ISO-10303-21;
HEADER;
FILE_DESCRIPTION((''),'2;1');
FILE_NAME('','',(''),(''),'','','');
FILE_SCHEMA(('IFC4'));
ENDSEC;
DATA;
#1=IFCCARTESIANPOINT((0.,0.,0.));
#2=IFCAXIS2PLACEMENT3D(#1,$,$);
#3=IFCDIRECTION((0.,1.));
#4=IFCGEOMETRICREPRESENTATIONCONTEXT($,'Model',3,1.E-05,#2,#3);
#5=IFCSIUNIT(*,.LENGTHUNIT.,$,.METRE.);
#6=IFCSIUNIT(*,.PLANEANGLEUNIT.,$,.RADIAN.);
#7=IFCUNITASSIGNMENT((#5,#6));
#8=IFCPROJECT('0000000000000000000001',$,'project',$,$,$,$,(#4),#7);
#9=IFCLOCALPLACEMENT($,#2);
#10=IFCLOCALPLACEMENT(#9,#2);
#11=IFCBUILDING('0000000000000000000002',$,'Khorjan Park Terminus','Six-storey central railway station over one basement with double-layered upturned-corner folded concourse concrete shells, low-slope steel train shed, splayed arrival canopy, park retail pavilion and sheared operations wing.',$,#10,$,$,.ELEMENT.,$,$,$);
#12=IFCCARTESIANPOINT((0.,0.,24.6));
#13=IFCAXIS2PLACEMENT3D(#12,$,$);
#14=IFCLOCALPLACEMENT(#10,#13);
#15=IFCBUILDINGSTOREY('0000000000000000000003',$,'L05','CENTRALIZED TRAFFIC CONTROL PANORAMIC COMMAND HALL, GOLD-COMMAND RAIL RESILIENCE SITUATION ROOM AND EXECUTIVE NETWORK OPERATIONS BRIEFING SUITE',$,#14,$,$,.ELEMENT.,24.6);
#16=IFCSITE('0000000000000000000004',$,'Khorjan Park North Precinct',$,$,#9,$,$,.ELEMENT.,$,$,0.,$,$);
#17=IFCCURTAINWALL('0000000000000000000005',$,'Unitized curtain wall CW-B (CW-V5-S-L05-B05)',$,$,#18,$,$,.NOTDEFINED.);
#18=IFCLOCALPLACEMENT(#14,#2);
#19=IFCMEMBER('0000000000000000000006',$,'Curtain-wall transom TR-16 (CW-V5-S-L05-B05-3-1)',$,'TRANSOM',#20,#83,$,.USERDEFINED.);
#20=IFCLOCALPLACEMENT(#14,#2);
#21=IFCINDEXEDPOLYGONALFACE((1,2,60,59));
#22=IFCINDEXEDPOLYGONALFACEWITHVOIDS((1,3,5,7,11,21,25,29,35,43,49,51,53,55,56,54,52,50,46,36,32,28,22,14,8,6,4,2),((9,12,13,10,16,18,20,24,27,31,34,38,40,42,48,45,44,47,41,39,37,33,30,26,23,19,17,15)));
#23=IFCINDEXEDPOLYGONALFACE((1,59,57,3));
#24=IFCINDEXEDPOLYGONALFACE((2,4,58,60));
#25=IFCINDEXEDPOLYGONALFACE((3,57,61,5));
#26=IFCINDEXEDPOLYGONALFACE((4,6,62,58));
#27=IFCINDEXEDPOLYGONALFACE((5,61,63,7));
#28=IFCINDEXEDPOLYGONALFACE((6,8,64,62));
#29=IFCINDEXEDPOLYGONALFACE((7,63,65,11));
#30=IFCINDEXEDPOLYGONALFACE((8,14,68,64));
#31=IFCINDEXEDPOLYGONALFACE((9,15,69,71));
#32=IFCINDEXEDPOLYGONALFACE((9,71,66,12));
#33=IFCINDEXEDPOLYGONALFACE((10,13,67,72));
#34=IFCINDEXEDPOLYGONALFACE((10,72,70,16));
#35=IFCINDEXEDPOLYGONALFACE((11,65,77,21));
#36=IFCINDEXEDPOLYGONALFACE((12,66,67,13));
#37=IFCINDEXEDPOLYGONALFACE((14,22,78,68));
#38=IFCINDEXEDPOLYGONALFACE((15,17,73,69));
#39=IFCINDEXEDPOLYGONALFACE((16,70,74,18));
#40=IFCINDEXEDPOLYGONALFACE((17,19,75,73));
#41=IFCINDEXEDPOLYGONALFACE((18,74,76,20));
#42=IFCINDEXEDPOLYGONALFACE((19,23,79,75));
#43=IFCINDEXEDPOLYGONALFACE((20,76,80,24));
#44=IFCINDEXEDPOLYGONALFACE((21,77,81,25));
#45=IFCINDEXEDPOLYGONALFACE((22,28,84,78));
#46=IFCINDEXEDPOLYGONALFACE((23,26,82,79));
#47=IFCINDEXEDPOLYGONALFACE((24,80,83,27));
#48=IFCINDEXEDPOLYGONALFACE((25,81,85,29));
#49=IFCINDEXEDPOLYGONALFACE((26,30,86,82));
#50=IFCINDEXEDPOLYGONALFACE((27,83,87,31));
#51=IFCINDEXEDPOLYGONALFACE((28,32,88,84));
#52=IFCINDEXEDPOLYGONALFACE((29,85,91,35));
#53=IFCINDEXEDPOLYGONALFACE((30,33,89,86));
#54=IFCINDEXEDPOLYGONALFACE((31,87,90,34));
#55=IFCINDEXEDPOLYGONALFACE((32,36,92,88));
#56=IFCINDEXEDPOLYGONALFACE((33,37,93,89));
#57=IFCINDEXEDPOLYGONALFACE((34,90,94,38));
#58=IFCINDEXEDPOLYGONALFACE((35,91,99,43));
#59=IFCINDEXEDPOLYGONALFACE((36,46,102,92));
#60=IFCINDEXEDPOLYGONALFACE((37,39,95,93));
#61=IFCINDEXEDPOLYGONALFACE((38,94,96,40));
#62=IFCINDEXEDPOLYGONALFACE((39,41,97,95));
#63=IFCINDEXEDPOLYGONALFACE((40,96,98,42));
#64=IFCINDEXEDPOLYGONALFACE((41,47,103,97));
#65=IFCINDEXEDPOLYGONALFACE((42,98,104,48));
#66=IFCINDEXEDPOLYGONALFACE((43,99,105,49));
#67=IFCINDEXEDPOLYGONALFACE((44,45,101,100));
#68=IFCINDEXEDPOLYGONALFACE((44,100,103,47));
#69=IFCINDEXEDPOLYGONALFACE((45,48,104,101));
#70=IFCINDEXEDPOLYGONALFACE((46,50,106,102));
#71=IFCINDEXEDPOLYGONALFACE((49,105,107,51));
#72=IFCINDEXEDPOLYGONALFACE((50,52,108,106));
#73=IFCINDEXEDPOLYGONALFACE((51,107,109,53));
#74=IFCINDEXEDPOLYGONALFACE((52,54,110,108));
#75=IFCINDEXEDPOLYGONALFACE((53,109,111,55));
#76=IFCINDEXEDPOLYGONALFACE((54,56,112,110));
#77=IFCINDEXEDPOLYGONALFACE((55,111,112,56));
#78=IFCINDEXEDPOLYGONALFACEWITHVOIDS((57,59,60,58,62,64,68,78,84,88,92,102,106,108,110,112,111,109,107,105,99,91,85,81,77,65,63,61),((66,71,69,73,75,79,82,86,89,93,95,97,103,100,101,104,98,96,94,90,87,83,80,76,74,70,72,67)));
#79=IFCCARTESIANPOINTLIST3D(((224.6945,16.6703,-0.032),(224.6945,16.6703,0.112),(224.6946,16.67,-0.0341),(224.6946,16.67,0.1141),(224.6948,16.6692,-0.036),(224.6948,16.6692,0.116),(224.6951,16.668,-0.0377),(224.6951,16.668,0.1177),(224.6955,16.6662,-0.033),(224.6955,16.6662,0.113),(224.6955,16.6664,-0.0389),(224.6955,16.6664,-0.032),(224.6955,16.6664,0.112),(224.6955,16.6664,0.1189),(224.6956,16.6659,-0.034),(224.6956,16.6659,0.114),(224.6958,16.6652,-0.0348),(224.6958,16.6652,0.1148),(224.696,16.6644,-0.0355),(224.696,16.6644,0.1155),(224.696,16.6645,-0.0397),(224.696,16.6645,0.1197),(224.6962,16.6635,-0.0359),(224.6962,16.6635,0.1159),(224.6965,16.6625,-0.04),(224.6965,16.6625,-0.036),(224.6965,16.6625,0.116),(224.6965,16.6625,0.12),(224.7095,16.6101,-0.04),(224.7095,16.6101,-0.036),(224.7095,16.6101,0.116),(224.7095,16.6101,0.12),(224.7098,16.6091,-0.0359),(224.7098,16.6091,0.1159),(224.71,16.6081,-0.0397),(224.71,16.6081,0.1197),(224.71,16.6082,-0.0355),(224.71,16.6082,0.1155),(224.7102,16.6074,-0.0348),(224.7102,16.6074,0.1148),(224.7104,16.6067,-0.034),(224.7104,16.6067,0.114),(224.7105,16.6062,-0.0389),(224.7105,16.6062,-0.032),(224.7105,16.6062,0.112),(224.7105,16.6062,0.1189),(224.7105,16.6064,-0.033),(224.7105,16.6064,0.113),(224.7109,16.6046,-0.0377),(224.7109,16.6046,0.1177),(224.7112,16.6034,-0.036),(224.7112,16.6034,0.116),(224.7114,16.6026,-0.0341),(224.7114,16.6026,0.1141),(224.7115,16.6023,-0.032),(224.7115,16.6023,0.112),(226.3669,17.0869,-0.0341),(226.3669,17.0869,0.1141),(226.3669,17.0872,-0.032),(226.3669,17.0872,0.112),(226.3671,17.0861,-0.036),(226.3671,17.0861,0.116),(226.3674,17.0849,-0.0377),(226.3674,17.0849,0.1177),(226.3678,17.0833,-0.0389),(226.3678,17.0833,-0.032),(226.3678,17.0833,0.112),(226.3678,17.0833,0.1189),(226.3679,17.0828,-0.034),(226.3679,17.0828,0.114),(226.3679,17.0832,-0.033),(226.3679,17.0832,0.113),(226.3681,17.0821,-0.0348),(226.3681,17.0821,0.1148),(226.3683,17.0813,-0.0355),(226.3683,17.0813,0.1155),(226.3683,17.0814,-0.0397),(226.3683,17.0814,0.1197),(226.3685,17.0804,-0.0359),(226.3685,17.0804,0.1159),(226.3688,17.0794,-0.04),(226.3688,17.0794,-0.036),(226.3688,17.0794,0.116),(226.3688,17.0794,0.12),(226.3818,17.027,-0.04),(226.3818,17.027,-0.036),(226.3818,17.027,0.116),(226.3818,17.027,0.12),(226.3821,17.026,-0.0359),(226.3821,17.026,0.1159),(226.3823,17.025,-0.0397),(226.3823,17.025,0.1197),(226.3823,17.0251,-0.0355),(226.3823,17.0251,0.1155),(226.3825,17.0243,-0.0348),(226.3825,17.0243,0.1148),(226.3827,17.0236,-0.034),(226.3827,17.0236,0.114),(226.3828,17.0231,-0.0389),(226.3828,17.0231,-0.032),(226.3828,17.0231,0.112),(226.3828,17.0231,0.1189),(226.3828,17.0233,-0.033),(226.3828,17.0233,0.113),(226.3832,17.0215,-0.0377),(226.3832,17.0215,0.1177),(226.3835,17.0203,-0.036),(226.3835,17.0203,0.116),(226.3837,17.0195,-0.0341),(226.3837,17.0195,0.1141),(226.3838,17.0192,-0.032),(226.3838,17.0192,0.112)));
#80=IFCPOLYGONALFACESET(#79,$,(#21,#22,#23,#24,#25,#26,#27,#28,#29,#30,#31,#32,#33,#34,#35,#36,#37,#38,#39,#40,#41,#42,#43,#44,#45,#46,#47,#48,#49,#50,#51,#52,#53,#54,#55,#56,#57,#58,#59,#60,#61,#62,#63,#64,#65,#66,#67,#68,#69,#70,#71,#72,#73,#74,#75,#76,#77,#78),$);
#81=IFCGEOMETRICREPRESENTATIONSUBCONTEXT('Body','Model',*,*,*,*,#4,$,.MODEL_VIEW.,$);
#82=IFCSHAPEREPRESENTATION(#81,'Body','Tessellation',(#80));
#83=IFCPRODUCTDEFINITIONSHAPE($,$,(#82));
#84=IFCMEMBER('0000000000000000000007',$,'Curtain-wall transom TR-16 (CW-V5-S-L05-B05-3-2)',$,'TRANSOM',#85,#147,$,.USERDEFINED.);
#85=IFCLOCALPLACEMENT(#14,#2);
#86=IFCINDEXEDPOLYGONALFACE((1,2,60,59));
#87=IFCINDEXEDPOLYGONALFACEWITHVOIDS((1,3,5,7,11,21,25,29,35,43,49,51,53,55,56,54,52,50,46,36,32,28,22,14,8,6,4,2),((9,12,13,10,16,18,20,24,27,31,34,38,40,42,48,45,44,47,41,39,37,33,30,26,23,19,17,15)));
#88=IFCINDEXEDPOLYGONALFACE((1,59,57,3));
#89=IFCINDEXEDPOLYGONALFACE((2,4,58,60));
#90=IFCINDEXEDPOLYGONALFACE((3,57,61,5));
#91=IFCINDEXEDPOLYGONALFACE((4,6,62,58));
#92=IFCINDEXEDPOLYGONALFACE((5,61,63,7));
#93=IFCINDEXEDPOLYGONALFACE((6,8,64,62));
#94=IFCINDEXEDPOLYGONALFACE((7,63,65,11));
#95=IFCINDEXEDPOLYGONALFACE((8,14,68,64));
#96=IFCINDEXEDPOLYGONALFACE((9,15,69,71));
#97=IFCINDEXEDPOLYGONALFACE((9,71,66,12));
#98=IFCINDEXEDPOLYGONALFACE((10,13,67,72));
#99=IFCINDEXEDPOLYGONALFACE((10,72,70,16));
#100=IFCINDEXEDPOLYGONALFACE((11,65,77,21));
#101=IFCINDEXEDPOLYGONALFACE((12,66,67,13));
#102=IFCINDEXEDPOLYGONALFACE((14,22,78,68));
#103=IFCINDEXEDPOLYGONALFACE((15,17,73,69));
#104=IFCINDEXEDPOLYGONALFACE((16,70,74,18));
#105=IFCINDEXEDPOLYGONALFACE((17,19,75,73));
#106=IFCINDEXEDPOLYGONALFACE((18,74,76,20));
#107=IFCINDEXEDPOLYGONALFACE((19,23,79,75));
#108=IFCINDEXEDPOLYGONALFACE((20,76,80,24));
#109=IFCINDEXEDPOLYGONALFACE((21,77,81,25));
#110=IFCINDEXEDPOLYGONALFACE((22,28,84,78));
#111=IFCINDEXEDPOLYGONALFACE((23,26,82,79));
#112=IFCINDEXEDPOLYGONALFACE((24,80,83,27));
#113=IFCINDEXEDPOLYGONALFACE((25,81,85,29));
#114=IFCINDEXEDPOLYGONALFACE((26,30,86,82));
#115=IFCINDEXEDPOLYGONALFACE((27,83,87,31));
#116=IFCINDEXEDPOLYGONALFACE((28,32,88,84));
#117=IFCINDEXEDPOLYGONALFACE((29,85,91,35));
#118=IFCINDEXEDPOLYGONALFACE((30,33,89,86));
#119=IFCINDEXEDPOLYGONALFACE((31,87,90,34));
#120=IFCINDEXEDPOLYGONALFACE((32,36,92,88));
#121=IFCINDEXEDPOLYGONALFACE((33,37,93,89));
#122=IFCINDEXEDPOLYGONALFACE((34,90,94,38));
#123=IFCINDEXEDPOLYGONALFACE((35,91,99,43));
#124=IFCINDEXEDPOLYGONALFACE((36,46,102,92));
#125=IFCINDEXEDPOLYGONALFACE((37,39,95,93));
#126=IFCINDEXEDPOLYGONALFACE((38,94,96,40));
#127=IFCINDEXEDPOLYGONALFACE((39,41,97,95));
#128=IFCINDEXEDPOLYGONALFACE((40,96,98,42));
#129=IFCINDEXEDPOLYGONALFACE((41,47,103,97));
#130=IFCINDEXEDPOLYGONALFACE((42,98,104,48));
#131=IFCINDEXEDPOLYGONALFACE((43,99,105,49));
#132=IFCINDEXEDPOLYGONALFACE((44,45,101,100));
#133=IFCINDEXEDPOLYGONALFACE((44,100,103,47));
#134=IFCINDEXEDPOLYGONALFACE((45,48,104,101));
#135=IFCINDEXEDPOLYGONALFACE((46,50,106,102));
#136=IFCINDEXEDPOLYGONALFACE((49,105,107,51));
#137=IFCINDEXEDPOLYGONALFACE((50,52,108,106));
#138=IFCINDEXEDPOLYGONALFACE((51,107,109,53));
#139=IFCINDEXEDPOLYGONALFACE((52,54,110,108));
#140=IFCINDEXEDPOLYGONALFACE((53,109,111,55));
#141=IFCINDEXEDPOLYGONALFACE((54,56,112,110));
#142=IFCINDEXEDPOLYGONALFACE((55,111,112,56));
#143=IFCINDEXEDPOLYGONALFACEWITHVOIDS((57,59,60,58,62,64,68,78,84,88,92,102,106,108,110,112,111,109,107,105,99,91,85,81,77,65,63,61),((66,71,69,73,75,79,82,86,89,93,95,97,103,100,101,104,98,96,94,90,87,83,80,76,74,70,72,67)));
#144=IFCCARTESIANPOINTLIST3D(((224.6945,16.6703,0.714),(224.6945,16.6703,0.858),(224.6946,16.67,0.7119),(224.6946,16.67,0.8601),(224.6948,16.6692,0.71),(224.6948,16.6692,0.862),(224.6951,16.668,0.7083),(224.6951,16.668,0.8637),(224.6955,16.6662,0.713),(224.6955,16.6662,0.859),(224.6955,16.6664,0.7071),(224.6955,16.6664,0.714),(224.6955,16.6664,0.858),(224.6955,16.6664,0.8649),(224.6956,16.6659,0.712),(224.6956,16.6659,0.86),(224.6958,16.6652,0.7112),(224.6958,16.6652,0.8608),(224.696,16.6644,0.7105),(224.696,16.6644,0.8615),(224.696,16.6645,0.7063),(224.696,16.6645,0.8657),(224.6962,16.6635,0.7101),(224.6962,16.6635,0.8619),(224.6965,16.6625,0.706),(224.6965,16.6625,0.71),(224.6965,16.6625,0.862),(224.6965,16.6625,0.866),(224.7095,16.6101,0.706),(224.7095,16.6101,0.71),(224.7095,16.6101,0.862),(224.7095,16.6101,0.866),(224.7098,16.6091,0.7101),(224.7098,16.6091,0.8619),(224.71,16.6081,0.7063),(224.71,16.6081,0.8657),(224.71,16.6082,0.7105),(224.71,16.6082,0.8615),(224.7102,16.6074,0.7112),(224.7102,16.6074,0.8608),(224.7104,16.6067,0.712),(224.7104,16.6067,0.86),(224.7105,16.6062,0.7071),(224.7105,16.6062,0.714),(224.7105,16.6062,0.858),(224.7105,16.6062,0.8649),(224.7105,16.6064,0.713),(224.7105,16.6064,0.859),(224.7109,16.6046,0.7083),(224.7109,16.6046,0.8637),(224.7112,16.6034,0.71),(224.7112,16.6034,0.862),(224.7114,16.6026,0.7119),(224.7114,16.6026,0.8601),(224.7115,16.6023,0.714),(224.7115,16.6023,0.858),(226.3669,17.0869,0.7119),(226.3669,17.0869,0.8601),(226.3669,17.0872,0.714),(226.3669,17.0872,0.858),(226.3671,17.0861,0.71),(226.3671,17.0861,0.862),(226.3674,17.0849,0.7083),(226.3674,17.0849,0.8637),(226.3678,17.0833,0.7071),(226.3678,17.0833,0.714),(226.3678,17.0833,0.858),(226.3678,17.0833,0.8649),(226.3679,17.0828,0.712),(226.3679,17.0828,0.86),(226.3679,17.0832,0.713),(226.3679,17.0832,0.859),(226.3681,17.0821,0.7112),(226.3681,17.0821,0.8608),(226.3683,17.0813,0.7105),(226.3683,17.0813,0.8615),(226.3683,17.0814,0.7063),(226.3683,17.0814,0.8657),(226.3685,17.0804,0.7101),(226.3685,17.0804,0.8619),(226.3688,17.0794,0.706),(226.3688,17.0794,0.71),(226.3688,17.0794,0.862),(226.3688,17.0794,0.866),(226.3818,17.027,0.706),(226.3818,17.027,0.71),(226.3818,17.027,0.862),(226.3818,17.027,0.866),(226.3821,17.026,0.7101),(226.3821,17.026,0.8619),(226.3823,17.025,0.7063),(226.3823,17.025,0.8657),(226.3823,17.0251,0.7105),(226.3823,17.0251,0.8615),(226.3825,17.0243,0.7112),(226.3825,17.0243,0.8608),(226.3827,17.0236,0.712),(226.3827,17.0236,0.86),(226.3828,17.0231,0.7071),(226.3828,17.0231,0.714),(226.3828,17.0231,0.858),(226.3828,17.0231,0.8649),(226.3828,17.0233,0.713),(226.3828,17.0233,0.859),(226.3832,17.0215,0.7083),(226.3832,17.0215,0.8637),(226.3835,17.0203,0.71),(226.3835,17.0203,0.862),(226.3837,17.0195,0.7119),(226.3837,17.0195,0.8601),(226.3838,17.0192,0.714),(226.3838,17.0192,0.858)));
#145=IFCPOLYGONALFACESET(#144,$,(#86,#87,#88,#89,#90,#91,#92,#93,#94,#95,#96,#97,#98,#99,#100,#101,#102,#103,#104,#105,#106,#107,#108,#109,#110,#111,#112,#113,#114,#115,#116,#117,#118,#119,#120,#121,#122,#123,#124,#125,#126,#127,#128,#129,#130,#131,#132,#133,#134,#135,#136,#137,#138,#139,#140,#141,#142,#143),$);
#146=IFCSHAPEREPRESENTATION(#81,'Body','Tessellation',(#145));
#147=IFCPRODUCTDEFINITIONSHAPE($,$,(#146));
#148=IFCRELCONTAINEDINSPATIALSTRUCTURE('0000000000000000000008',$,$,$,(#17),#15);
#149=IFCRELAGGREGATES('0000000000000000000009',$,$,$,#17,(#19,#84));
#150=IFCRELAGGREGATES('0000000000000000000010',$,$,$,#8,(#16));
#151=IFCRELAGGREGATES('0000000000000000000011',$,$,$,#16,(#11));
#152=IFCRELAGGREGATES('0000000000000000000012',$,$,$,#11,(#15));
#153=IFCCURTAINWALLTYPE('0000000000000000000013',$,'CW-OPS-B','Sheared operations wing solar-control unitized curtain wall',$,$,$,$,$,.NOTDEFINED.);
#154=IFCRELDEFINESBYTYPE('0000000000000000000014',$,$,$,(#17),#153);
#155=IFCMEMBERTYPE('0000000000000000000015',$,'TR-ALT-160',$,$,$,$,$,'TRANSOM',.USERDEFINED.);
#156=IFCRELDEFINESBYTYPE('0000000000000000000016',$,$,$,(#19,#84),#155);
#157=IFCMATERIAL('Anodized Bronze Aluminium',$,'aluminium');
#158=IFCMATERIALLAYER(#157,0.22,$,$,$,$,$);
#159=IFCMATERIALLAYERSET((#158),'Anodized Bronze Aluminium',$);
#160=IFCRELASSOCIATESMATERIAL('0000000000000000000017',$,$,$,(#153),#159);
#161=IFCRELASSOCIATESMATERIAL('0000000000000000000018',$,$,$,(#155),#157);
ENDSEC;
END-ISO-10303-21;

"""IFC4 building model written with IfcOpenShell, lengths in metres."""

from ifc_helpers import new_model, si_unit, direction, frame, origin, origin_2d, place, context, subcontext, project, spatial, hollow_rectangle, extrude, material, layer, layer_set, material_profile, profile_set, type_object, element, aggregate, save


model = new_model("IFC4")

# Units and contexts
model_context = context("Model", 3, precision=1e-05, world=origin(), true_north=direction((0.0, 1.0)))
body_context = subcontext(model_context, "Body", "Model", "MODEL_VIEW")
ifc_project = project(units=[si_unit("LENGTHUNIT", "METRE"), si_unit("PLANEANGLEUNIT", "RADIAN")], contexts=[model_context])

# Site, building, storey
site_placement = place(None, origin())
site = spatial("IfcSite", under=ifc_project, at=site_placement, Name="Khorjan Park North Precinct", CompositionType="ELEMENT", RefElevation=0.0)
building_placement = place(site_placement, origin())
building = spatial("IfcBuilding", under=site, at=building_placement, Name="Khorjan Park Terminus", Description="Six-storey central railway station over one basement with double-layered upturned-corner folded concourse concrete shells, low-slope steel train shed, splayed arrival canopy, park retail pavilion and sheared operations wing.", CompositionType="ELEMENT")
storey_placement = place(building_placement, frame((0.0, 0.0, 24.6)))
storey = spatial("IfcBuildingStorey", under=building, at=storey_placement, Name="L05", Description="CENTRALIZED TRAFFIC CONTROL PANORAMIC COMMAND HALL, GOLD-COMMAND RAIL RESILIENCE SITUATION ROOM AND EXECUTIVE NETWORK OPERATIONS BRIEFING SUITE", CompositionType="ELEMENT", Elevation=24.6)

# Curtain wall, members
ifc_material_1 = material(Name="Anodized Bronze Aluminium", Category="aluminium")
ifc_layer_1 = layer(ifc_material_1, 0.22)
ifc_layer_set_1 = layer_set([ifc_layer_1], Name="Anodized Bronze Aluminium")
curtain_wall_type = type_object("IfcCurtainWallType", Name="CW-OPS-B", Description="Sheared operations wing solar-control unitized curtain wall", PredefinedType="NOTDEFINED", material=ifc_layer_set_1)
curtain_wall_placement = place(storey_placement, origin())
curtain_wall = element("IfcCurtainWall", 1, at=curtain_wall_placement, inside=storey, type_object=curtain_wall_type, Name="Unitized curtain wall CW-B (CW-V5-S-L05-B05)", PredefinedType="NOTDEFINED")
ifc_material_profile_1 = material_profile(ifc_material_1, hollow_rectangle(XDim=0.07, YDim=0.16, WallThickness=0.004, InnerFilletRadius=0.004, OuterFilletRadius=0.008, at=origin_2d()), Name="ALT 70x160x4")
ifc_profile_set_1 = profile_set([ifc_material_profile_1], Name="Anodized Bronze Aluminium")
member_type_1 = type_object("IfcMemberType", Name="TR-ALT-160", ElementType="TRANSOM", PredefinedType="USERDEFINED", material=ifc_profile_set_1)
member_1_placement = place(storey_placement, frame((224.703, 16.6363, 0.04), z_axis=(0.970303, 0.241894, 0.0), x_axis=(-0.241894, 0.970303, 0.0)))
member_1 = element("IfcMember", 2, at=member_1_placement, type_object=member_type_1, Name="Curtain-wall transom TR-16 (CW-V5-S-L05-B05-3-1)", ObjectType="TRANSOM", PredefinedType="USERDEFINED", context=body_context, shape_type="SweptSolid", body=[
    extrude(hollow_rectangle(XDim=0.07, YDim=0.16, WallThickness=0.004, InnerFilletRadius=0.004, OuterFilletRadius=0.008, at=origin_2d()), origin(), (0.0, 0.0, 1.0), 1.7235),
])
member_2_placement = place(storey_placement, frame((224.703, 16.6363, 0.786), z_axis=(0.970303, 0.241894, 0.0), x_axis=(-0.241894, 0.970303, 0.0)))
member_2 = element("IfcMember", 3, at=member_2_placement, type_object=member_type_1, Name="Curtain-wall transom TR-16 (CW-V5-S-L05-B05-3-2)", ObjectType="TRANSOM", PredefinedType="USERDEFINED", context=body_context, shape_type="SweptSolid", body=[
    extrude(hollow_rectangle(XDim=0.07, YDim=0.16, WallThickness=0.004, InnerFilletRadius=0.004, OuterFilletRadius=0.008, at=origin_2d()), origin(), (0.0, 0.0, 1.0), 1.7235),
])
aggregate(curtain_wall, [member_1, member_2])

save(model, "model.ifc")
